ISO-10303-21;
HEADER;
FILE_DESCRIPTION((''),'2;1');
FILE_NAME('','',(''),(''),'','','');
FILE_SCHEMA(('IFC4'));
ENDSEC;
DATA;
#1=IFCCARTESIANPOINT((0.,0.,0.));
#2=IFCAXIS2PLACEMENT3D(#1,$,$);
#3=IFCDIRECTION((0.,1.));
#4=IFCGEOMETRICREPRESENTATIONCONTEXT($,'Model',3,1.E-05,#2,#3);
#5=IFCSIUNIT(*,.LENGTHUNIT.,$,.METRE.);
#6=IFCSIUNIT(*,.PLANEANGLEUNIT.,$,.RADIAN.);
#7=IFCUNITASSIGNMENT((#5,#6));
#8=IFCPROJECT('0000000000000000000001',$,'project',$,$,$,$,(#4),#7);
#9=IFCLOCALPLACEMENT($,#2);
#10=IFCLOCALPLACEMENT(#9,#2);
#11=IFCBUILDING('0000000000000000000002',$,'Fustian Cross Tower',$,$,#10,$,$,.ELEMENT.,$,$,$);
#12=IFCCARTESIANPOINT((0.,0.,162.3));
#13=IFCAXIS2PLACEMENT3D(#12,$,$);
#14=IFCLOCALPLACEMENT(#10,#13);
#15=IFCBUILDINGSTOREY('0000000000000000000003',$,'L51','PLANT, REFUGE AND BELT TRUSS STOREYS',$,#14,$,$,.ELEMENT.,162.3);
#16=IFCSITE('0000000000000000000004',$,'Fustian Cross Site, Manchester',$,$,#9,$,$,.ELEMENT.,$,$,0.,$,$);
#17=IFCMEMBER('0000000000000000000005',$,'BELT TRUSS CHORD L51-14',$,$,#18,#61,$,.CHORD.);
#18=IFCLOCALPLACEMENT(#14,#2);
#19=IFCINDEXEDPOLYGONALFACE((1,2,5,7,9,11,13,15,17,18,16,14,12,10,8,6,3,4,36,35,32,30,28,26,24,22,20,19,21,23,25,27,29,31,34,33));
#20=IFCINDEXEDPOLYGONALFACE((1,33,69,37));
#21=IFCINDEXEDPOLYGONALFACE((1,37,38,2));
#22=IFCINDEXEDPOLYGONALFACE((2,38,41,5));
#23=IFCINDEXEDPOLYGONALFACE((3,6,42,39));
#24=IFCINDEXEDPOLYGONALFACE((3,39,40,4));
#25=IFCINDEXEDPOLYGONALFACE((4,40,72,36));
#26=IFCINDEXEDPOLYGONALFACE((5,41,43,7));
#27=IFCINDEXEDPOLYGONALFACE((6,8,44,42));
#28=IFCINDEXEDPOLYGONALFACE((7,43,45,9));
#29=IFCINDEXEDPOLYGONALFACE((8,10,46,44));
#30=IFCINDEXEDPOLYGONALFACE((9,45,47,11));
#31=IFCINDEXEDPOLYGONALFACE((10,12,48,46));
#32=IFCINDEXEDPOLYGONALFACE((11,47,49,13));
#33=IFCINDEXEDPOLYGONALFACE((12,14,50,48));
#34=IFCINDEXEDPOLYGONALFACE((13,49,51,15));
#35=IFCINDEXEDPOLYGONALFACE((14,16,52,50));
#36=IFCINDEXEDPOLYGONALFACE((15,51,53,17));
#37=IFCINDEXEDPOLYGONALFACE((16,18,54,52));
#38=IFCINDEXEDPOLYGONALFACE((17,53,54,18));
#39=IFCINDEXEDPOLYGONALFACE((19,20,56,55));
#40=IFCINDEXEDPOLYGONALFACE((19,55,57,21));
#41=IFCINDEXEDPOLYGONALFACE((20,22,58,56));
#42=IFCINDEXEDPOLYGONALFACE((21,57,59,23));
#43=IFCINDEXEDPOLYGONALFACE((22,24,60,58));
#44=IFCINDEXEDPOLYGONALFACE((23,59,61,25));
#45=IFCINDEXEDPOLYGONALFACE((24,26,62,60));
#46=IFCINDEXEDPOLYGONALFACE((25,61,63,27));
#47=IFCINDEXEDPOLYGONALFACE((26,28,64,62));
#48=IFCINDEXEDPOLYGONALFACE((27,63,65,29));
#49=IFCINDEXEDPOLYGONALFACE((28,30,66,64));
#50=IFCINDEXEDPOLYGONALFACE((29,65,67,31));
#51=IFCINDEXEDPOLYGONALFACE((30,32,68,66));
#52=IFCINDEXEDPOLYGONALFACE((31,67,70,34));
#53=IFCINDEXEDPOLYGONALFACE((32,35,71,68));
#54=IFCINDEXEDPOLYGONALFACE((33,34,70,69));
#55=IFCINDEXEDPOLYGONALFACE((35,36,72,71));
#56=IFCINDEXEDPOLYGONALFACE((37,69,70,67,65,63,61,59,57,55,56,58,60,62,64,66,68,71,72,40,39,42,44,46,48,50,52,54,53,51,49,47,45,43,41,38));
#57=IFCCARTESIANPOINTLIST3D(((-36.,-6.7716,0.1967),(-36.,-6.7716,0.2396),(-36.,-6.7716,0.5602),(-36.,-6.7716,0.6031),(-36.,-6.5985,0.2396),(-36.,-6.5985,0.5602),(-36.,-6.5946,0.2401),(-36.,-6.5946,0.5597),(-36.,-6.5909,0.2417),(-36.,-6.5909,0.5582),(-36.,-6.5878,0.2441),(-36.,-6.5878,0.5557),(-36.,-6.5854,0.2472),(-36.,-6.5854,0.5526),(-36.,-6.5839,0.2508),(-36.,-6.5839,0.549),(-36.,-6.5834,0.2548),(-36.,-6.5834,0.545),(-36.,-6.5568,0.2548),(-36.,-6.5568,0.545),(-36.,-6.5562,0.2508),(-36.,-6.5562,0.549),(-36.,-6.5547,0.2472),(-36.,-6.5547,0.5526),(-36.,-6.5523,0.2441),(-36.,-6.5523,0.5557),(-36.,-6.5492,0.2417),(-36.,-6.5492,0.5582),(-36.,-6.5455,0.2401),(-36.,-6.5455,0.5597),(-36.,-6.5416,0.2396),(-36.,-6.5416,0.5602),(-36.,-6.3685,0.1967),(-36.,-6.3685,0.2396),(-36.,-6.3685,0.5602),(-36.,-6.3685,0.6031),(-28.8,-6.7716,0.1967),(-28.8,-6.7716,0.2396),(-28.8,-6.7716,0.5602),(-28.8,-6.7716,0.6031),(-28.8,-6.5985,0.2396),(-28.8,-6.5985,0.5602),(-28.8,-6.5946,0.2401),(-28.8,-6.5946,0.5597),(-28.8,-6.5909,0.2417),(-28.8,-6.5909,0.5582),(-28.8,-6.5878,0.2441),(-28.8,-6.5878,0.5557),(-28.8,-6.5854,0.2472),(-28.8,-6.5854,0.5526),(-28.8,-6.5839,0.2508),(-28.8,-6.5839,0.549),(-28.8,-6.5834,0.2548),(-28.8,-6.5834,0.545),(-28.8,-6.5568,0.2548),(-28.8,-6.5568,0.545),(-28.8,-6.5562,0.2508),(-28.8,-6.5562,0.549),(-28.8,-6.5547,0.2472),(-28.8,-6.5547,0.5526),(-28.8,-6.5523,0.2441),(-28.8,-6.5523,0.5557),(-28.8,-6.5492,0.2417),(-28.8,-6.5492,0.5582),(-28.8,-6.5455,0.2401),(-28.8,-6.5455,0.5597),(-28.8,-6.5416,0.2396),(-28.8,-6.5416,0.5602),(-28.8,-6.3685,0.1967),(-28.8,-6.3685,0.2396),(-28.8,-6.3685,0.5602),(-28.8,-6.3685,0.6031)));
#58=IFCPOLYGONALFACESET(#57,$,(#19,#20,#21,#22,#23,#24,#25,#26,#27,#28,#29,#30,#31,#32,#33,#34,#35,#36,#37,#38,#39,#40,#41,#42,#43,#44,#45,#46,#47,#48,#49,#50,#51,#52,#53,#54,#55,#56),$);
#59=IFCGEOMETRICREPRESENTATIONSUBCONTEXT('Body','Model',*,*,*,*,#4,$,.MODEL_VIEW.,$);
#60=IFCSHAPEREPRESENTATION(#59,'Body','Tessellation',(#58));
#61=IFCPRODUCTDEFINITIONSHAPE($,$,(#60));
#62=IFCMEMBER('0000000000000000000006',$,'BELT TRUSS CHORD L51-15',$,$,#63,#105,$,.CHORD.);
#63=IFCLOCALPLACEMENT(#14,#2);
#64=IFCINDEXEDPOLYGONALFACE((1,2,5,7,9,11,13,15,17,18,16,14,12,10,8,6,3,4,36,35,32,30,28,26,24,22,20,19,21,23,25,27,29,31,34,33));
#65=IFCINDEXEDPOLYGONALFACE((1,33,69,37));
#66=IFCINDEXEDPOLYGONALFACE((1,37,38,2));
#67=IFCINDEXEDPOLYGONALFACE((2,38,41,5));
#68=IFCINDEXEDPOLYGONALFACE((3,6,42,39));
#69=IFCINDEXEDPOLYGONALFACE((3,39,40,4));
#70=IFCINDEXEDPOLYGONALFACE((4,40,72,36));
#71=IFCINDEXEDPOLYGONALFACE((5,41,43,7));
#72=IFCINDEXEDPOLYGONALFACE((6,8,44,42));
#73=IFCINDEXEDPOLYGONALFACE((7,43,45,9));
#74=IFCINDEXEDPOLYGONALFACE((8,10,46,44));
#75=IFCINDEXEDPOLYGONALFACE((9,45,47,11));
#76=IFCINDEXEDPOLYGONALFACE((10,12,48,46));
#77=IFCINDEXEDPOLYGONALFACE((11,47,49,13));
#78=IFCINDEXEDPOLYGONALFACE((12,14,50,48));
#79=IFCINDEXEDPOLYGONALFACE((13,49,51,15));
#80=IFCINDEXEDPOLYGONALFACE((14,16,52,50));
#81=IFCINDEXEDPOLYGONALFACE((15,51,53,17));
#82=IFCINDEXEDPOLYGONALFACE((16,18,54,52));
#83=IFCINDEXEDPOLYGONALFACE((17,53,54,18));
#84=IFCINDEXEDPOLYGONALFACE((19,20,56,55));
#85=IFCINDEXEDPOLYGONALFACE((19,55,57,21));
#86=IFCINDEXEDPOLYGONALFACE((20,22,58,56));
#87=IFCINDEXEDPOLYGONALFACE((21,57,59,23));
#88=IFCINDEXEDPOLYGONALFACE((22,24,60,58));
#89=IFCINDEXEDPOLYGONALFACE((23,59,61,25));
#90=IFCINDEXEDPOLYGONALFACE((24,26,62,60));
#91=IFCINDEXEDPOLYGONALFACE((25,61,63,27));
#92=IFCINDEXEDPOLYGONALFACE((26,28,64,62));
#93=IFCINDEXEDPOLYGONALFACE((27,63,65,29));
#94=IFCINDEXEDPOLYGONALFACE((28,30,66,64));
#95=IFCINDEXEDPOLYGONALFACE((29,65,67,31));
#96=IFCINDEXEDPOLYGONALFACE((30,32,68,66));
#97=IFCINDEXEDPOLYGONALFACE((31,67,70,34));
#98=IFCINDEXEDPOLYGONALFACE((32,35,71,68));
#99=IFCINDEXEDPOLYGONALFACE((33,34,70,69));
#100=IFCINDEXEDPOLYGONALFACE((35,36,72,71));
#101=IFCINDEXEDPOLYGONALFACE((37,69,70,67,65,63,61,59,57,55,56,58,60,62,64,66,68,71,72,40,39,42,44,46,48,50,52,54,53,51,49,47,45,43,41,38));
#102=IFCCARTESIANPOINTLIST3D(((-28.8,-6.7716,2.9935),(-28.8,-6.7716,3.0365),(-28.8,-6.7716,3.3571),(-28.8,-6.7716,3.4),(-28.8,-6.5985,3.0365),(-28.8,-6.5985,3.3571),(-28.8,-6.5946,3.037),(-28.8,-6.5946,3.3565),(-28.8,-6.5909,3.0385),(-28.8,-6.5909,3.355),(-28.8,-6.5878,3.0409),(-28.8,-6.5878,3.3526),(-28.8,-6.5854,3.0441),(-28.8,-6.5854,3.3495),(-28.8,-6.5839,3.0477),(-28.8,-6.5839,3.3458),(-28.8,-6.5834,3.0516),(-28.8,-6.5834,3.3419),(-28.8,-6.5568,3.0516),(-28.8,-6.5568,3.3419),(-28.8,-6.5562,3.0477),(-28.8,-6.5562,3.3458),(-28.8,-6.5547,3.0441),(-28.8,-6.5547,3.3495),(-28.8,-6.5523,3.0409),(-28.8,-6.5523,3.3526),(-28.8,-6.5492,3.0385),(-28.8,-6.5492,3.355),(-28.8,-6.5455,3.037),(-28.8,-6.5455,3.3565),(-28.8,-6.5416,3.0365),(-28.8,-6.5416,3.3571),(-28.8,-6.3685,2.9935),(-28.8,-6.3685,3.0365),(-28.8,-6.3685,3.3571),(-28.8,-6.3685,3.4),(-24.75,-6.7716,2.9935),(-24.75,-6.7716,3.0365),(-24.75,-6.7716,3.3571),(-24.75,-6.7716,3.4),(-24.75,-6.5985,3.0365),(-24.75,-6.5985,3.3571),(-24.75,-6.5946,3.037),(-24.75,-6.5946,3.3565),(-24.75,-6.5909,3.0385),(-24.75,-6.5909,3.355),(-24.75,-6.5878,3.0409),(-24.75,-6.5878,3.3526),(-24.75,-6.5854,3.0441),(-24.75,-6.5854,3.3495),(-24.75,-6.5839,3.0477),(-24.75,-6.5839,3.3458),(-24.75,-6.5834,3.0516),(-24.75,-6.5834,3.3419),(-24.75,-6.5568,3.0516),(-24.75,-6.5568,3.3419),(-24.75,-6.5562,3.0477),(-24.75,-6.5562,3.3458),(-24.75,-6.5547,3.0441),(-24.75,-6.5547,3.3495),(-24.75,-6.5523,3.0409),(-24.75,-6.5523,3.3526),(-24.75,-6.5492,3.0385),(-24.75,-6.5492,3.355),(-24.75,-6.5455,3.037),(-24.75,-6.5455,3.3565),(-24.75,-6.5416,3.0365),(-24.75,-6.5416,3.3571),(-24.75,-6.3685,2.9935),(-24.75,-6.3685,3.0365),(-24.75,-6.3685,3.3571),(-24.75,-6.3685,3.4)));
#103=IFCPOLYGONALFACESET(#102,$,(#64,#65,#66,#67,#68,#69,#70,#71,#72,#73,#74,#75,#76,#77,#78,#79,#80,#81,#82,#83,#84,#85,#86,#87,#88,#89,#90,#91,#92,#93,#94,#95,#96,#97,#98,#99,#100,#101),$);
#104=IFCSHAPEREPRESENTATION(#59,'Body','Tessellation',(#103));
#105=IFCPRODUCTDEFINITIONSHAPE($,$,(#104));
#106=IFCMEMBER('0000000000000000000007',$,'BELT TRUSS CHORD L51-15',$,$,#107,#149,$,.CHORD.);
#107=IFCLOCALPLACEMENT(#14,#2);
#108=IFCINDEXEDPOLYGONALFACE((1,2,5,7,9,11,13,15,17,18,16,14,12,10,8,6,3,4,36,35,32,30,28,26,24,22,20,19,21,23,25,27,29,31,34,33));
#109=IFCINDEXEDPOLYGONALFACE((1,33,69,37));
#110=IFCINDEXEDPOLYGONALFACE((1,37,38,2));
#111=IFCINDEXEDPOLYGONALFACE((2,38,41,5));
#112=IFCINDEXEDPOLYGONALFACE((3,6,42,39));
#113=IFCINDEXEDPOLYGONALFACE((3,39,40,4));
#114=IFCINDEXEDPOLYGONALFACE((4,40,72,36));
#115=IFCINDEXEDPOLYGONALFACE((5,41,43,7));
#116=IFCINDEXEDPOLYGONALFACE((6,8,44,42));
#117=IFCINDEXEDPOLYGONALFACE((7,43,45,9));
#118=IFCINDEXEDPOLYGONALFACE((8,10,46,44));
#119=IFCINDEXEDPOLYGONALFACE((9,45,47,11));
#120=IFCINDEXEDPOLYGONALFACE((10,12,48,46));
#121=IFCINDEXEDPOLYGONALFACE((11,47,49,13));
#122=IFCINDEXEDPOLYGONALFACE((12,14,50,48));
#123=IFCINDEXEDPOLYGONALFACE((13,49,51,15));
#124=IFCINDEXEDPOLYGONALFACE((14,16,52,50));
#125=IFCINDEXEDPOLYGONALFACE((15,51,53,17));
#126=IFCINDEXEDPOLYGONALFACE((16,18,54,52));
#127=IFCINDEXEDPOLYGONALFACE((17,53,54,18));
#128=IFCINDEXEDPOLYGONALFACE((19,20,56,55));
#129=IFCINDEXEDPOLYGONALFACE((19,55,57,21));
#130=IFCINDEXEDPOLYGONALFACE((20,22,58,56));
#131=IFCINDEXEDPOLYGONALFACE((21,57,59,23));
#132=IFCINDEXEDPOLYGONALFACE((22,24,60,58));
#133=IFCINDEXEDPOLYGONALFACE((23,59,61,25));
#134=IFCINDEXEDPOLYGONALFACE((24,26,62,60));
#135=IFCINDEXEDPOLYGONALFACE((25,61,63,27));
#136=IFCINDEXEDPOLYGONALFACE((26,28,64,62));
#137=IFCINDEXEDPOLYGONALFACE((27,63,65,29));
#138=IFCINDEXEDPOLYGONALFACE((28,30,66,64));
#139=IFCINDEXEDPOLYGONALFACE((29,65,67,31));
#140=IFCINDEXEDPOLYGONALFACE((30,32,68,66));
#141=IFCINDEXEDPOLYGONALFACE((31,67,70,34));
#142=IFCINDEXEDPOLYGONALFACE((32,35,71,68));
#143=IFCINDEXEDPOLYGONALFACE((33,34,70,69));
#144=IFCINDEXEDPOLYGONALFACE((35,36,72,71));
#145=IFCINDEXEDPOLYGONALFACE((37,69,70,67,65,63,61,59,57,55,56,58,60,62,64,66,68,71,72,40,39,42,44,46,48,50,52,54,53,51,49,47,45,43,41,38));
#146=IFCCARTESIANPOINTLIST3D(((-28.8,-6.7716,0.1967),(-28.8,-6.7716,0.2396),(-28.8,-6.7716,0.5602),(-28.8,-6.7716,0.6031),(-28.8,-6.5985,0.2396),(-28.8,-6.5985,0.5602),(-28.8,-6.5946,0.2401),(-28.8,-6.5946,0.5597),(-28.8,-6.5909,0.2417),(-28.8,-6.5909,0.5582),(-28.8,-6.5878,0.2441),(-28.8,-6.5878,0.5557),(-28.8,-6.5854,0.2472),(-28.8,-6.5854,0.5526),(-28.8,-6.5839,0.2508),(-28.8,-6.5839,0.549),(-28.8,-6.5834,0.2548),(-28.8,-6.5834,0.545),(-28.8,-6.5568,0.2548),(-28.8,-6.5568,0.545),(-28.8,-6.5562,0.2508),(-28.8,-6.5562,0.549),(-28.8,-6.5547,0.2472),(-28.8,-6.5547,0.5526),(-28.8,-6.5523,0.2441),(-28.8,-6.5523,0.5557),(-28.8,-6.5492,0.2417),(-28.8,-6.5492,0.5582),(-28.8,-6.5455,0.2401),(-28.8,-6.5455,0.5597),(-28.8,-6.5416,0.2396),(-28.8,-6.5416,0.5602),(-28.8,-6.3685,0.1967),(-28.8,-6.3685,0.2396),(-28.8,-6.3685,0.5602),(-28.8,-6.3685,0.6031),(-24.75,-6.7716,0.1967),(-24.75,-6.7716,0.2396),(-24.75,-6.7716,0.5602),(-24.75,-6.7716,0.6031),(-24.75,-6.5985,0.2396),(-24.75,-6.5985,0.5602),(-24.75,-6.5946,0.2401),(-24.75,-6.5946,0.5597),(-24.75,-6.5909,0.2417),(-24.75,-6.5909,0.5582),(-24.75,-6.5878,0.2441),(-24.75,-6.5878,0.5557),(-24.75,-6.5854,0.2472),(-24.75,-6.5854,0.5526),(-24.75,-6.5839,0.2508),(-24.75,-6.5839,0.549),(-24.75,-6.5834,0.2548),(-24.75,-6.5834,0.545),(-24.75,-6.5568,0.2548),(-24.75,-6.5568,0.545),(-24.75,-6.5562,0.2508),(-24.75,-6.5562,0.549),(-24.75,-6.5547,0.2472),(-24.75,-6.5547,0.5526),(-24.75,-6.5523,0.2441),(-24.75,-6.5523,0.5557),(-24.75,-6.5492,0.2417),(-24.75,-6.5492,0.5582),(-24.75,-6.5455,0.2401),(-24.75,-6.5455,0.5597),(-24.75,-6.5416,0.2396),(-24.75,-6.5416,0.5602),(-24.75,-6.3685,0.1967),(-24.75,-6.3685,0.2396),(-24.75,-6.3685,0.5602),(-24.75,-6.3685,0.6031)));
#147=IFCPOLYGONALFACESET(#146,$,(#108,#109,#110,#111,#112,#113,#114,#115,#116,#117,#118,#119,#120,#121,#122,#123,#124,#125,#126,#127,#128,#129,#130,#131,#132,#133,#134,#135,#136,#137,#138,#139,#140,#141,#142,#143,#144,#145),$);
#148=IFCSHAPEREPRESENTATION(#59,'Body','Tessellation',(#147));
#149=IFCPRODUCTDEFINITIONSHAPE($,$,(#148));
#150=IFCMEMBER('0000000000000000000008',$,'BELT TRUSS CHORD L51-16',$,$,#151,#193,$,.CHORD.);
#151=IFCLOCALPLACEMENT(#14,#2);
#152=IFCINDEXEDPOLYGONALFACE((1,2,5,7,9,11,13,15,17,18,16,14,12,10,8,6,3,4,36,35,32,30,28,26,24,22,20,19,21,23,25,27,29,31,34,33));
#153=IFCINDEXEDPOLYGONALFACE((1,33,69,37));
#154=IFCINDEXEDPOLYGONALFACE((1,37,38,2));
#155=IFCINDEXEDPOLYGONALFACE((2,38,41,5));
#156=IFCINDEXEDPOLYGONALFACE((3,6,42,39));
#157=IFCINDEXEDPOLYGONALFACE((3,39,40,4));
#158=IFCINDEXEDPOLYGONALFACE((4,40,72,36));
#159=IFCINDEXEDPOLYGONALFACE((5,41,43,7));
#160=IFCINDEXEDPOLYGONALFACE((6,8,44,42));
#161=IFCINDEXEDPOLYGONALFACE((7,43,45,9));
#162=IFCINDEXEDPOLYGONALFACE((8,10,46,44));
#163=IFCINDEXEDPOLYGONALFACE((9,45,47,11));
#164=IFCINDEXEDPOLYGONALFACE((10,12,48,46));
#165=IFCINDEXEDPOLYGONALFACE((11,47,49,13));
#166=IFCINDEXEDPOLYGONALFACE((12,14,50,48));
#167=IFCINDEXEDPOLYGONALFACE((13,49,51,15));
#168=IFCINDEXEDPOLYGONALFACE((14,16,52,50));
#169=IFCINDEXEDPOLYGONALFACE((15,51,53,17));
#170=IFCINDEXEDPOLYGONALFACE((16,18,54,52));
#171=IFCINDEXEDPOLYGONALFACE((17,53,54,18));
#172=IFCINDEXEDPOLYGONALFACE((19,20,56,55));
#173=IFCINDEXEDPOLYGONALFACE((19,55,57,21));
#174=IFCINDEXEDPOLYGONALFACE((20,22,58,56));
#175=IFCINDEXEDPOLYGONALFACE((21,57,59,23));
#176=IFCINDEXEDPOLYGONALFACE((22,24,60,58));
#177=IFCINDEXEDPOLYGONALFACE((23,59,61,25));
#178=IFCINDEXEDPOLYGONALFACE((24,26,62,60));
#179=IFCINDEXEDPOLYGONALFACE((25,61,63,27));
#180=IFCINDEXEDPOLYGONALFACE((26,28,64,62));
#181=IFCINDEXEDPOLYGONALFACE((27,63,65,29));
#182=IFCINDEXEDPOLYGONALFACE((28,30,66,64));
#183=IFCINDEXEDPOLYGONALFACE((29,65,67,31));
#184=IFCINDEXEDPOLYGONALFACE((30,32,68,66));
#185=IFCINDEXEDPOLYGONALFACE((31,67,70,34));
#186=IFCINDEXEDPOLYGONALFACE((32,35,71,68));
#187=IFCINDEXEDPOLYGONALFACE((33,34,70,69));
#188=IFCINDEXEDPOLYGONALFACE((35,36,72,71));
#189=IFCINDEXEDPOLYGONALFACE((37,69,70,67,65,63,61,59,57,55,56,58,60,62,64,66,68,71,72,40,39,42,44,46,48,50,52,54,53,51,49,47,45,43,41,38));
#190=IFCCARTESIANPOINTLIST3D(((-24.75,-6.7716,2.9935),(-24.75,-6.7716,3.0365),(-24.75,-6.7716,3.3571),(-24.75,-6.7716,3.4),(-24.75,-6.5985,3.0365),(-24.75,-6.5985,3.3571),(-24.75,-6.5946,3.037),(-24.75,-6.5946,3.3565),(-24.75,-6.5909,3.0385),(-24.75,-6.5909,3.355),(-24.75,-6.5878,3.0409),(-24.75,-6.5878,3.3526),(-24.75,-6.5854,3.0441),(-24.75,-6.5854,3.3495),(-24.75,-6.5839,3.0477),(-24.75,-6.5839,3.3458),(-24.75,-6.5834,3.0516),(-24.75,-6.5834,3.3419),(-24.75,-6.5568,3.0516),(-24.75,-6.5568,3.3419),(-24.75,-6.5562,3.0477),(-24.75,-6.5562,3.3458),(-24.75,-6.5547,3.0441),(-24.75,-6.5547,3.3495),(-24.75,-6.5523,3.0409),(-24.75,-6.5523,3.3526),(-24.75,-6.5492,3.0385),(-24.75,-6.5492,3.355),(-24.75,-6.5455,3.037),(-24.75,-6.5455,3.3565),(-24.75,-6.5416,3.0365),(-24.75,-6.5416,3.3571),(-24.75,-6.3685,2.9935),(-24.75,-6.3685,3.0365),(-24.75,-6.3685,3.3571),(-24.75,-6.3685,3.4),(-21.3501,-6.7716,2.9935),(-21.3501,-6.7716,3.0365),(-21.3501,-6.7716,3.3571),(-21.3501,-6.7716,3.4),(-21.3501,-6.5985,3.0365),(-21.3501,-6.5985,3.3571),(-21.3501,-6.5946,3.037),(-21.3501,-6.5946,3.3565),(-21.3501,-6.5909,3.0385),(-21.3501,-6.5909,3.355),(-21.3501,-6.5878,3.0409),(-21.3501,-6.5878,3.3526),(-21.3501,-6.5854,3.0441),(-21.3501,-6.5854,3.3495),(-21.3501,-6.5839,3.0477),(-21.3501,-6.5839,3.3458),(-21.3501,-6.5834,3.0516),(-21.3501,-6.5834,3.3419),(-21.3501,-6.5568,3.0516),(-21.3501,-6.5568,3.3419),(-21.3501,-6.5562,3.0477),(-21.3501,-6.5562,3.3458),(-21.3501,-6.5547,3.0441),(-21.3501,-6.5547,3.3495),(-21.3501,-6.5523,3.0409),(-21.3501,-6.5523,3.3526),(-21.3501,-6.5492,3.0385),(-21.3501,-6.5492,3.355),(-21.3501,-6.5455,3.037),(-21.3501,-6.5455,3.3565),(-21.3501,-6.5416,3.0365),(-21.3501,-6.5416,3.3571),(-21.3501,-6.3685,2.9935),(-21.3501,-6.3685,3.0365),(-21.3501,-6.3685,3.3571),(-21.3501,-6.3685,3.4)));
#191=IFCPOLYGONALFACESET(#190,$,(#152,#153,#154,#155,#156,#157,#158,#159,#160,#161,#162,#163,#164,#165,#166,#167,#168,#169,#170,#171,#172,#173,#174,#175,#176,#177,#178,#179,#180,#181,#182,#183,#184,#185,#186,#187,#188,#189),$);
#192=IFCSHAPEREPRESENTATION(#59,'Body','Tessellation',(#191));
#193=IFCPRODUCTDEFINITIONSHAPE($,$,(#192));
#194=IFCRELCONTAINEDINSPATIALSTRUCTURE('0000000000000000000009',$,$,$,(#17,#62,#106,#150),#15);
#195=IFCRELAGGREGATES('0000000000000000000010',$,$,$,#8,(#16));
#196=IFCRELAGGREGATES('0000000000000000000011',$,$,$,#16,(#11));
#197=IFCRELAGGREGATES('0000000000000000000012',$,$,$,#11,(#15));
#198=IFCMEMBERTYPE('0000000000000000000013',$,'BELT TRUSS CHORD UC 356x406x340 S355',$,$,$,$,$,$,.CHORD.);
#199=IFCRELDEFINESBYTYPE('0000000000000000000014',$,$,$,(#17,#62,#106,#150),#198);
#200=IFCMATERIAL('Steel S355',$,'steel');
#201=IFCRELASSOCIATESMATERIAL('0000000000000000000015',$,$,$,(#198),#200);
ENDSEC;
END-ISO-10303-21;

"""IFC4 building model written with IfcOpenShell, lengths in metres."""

from ifc_helpers import new_model, si_unit, direction, frame, origin, origin_2d, place, context, subcontext, project, spatial, i_section, extrude, material, material_profile, profile_set, type_object, element, save


model = new_model("IFC4")

# Units and contexts
model_context = context("Model", 3, precision=1e-05, world=origin(), true_north=direction((0.0, 1.0)))
body_context = subcontext(model_context, "Body", "Model", "MODEL_VIEW")
ifc_project = project(units=[si_unit("LENGTHUNIT", "METRE"), si_unit("PLANEANGLEUNIT", "RADIAN")], contexts=[model_context])

# Site, building, storey
site_placement = place(None, origin())
site = spatial("IfcSite", under=ifc_project, at=site_placement, Name="Fustian Cross Site, Manchester", CompositionType="ELEMENT", RefElevation=0.0)
building_placement = place(site_placement, origin())
building = spatial("IfcBuilding", under=site, at=building_placement, Name="Fustian Cross Tower", CompositionType="ELEMENT")
storey_placement = place(building_placement, frame((0.0, 0.0, 162.3)))
storey = spatial("IfcBuildingStorey", under=building, at=storey_placement, Name="L51", Description="PLANT, REFUGE AND BELT TRUSS STOREYS", CompositionType="ELEMENT", Elevation=162.3)

# Members
ifc_material_1 = material(Name="Steel S355", Category="steel")
ifc_material_profile_1 = material_profile(ifc_material_1, i_section(OverallWidth=0.4031, OverallDepth=0.4065, WebThickness=0.0266, FlangeThickness=0.043, FilletRadius=0.0151, at=origin_2d()), Name="UC 356x406x340")
ifc_profile_set_1 = profile_set([ifc_material_profile_1], Name="Steel S355")
member_type_1 = type_object("IfcMemberType", Name="BELT TRUSS CHORD UC 356x406x340 S355", PredefinedType="CHORD", material=ifc_profile_set_1)
for number, where, z_axis, x_axis, name in (
    (1, (-36.0, -6.5701, 0.3999), (1.0, 0.0, 0.0), (0.0, 1.0, 0.0), "BELT TRUSS CHORD L51-14"),
):
    element("IfcMember", number, at=place(storey_placement, frame(where, z_axis=z_axis, x_axis=x_axis)), inside=storey, type_object=member_type_1, Name=name, PredefinedType="CHORD", context=body_context, shape_type="SweptSolid", body=[
        extrude(i_section(OverallWidth=0.4031, OverallDepth=0.4065, WebThickness=0.0266, FlangeThickness=0.043, FilletRadius=0.0151, at=origin_2d()), origin(), (0.0, 0.0, 1.0), 7.2),
    ])
for number, where, z_axis, x_axis, name in (
    (2, (-28.8, -6.5701, 3.1968), (1.0, 0.0, 0.0), (0.0, 1.0, 0.0), "BELT TRUSS CHORD L51-15"),
    (3, (-28.8, -6.5701, 0.3999), (1.0, 0.0, 0.0), (0.0, 1.0, 0.0), "BELT TRUSS CHORD L51-15"),
):
    element("IfcMember", number, at=place(storey_placement, frame(where, z_axis=z_axis, x_axis=x_axis)), inside=storey, type_object=member_type_1, Name=name, PredefinedType="CHORD", context=body_context, shape_type="SweptSolid", body=[
        extrude(i_section(OverallWidth=0.4031, OverallDepth=0.4065, WebThickness=0.0266, FlangeThickness=0.043, FilletRadius=0.0151, at=origin_2d()), origin(), (0.0, 0.0, 1.0), 4.05),
    ])
for number, where, z_axis, x_axis, name in (
    (4, (-24.75, -6.5701, 3.1968), (1.0, 0.0, 0.0), (0.0, 1.0, 0.0), "BELT TRUSS CHORD L51-16"),
):
    element("IfcMember", number, at=place(storey_placement, frame(where, z_axis=z_axis, x_axis=x_axis)), inside=storey, type_object=member_type_1, Name=name, PredefinedType="CHORD", context=body_context, shape_type="SweptSolid", body=[
        extrude(i_section(OverallWidth=0.4031, OverallDepth=0.4065, WebThickness=0.0266, FlangeThickness=0.043, FilletRadius=0.0151, at=origin_2d()), origin(), (0.0, 0.0, 1.0), 3.3999),
    ])

save(model, "model.ifc")
